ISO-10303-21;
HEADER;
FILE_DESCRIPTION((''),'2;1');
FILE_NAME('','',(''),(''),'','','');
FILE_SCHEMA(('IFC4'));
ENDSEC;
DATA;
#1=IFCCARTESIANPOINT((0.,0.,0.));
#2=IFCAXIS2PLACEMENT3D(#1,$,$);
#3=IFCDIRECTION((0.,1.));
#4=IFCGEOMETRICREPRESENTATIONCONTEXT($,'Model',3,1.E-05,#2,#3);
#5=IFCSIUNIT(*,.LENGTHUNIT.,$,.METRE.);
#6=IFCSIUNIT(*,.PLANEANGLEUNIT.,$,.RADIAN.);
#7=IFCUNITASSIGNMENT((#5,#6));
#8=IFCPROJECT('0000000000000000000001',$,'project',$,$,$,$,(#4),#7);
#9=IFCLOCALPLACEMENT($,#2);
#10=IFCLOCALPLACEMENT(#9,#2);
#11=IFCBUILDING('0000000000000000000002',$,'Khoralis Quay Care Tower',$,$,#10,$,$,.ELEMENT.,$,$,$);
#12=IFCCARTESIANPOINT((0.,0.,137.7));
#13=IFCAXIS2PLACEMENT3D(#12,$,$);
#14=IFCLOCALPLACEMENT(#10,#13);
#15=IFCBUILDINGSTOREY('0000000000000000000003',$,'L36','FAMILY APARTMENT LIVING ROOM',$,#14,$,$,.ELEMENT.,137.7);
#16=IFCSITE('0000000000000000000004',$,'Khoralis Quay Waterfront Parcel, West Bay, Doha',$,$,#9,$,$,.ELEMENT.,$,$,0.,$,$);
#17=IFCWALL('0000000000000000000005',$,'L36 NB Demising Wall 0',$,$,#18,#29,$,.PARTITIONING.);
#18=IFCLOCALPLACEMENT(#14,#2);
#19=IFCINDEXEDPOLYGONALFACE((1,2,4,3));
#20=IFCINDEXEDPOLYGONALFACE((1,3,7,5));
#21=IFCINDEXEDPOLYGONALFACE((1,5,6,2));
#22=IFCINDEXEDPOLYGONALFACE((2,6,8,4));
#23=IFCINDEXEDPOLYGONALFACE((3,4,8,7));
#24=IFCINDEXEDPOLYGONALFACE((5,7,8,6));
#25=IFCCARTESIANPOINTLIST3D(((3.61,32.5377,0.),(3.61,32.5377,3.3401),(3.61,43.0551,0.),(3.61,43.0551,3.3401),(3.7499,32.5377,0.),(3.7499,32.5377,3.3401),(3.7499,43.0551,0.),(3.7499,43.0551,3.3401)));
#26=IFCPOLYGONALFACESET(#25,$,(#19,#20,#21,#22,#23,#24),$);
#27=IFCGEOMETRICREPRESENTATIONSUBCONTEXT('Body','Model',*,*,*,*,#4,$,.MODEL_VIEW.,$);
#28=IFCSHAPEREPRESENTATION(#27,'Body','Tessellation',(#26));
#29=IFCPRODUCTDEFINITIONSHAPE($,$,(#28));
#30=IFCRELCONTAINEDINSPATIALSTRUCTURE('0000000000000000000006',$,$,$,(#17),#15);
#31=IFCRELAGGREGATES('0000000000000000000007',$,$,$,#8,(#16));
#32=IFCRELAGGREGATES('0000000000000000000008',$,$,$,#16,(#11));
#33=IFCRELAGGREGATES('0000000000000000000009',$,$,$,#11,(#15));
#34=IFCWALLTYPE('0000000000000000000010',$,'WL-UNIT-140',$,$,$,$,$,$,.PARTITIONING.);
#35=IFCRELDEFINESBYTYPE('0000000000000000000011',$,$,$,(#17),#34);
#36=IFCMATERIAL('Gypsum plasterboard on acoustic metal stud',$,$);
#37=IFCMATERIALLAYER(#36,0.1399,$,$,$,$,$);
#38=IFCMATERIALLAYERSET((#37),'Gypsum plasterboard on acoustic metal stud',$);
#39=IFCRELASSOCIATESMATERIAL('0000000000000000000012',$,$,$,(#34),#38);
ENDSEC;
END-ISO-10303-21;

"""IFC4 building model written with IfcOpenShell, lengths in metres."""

from ifc_helpers import new_model, si_unit, direction, frame, frame_2d, origin, place, context, subcontext, project, spatial, rectangle, extrude, material, layer, layer_set, type_object, element, save


model = new_model("IFC4")

# Units and contexts
model_context = context("Model", 3, precision=1e-05, world=origin(), true_north=direction((0.0, 1.0)))
body_context = subcontext(model_context, "Body", "Model", "MODEL_VIEW")
ifc_project = project(units=[si_unit("LENGTHUNIT", "METRE"), si_unit("PLANEANGLEUNIT", "RADIAN")], contexts=[model_context])

# Site, building, storey
site_placement = place(None, origin())
site = spatial("IfcSite", under=ifc_project, at=site_placement, Name="Khoralis Quay Waterfront Parcel, West Bay, Doha", CompositionType="ELEMENT", RefElevation=0.0)
building_placement = place(site_placement, origin())
building = spatial("IfcBuilding", under=site, at=building_placement, Name="Khoralis Quay Care Tower", CompositionType="ELEMENT")
storey_placement = place(building_placement, frame((0.0, 0.0, 137.7)))
storey = spatial("IfcBuildingStorey", under=building, at=storey_placement, Name="L36", Description="FAMILY APARTMENT LIVING ROOM", CompositionType="ELEMENT", Elevation=137.7)

# Shared definitions
ifc_material_1 = material(Name="Gypsum plasterboard on acoustic metal stud")

# Wall
ifc_layer_1 = layer(ifc_material_1, 0.1399)
ifc_layer_set_1 = layer_set([ifc_layer_1], Name="Gypsum plasterboard on acoustic metal stud")
wall_type_1 = type_object("IfcWallType", Name="WL-UNIT-140", PredefinedType="PARTITIONING", material=ifc_layer_set_1)
wall_1_placement = place(storey_placement, frame((3.6799, 32.5376, 0.0), z_axis=(0.0, 0.0, 1.0), x_axis=(0.0, 1.0, 0.0)))
element("IfcWall", 1, at=wall_1_placement, inside=storey, type_object=wall_type_1, Name="L36 NB Demising Wall 0", PredefinedType="PARTITIONING", context=body_context, shape_type="SweptSolid", body=[
    extrude(rectangle(XDim=10.5173, YDim=0.1399, at=frame_2d((5.2588, 0.0))), origin(), (0.0, 0.0, 1.0), 3.3401),
])

save(model, "model.ifc")
